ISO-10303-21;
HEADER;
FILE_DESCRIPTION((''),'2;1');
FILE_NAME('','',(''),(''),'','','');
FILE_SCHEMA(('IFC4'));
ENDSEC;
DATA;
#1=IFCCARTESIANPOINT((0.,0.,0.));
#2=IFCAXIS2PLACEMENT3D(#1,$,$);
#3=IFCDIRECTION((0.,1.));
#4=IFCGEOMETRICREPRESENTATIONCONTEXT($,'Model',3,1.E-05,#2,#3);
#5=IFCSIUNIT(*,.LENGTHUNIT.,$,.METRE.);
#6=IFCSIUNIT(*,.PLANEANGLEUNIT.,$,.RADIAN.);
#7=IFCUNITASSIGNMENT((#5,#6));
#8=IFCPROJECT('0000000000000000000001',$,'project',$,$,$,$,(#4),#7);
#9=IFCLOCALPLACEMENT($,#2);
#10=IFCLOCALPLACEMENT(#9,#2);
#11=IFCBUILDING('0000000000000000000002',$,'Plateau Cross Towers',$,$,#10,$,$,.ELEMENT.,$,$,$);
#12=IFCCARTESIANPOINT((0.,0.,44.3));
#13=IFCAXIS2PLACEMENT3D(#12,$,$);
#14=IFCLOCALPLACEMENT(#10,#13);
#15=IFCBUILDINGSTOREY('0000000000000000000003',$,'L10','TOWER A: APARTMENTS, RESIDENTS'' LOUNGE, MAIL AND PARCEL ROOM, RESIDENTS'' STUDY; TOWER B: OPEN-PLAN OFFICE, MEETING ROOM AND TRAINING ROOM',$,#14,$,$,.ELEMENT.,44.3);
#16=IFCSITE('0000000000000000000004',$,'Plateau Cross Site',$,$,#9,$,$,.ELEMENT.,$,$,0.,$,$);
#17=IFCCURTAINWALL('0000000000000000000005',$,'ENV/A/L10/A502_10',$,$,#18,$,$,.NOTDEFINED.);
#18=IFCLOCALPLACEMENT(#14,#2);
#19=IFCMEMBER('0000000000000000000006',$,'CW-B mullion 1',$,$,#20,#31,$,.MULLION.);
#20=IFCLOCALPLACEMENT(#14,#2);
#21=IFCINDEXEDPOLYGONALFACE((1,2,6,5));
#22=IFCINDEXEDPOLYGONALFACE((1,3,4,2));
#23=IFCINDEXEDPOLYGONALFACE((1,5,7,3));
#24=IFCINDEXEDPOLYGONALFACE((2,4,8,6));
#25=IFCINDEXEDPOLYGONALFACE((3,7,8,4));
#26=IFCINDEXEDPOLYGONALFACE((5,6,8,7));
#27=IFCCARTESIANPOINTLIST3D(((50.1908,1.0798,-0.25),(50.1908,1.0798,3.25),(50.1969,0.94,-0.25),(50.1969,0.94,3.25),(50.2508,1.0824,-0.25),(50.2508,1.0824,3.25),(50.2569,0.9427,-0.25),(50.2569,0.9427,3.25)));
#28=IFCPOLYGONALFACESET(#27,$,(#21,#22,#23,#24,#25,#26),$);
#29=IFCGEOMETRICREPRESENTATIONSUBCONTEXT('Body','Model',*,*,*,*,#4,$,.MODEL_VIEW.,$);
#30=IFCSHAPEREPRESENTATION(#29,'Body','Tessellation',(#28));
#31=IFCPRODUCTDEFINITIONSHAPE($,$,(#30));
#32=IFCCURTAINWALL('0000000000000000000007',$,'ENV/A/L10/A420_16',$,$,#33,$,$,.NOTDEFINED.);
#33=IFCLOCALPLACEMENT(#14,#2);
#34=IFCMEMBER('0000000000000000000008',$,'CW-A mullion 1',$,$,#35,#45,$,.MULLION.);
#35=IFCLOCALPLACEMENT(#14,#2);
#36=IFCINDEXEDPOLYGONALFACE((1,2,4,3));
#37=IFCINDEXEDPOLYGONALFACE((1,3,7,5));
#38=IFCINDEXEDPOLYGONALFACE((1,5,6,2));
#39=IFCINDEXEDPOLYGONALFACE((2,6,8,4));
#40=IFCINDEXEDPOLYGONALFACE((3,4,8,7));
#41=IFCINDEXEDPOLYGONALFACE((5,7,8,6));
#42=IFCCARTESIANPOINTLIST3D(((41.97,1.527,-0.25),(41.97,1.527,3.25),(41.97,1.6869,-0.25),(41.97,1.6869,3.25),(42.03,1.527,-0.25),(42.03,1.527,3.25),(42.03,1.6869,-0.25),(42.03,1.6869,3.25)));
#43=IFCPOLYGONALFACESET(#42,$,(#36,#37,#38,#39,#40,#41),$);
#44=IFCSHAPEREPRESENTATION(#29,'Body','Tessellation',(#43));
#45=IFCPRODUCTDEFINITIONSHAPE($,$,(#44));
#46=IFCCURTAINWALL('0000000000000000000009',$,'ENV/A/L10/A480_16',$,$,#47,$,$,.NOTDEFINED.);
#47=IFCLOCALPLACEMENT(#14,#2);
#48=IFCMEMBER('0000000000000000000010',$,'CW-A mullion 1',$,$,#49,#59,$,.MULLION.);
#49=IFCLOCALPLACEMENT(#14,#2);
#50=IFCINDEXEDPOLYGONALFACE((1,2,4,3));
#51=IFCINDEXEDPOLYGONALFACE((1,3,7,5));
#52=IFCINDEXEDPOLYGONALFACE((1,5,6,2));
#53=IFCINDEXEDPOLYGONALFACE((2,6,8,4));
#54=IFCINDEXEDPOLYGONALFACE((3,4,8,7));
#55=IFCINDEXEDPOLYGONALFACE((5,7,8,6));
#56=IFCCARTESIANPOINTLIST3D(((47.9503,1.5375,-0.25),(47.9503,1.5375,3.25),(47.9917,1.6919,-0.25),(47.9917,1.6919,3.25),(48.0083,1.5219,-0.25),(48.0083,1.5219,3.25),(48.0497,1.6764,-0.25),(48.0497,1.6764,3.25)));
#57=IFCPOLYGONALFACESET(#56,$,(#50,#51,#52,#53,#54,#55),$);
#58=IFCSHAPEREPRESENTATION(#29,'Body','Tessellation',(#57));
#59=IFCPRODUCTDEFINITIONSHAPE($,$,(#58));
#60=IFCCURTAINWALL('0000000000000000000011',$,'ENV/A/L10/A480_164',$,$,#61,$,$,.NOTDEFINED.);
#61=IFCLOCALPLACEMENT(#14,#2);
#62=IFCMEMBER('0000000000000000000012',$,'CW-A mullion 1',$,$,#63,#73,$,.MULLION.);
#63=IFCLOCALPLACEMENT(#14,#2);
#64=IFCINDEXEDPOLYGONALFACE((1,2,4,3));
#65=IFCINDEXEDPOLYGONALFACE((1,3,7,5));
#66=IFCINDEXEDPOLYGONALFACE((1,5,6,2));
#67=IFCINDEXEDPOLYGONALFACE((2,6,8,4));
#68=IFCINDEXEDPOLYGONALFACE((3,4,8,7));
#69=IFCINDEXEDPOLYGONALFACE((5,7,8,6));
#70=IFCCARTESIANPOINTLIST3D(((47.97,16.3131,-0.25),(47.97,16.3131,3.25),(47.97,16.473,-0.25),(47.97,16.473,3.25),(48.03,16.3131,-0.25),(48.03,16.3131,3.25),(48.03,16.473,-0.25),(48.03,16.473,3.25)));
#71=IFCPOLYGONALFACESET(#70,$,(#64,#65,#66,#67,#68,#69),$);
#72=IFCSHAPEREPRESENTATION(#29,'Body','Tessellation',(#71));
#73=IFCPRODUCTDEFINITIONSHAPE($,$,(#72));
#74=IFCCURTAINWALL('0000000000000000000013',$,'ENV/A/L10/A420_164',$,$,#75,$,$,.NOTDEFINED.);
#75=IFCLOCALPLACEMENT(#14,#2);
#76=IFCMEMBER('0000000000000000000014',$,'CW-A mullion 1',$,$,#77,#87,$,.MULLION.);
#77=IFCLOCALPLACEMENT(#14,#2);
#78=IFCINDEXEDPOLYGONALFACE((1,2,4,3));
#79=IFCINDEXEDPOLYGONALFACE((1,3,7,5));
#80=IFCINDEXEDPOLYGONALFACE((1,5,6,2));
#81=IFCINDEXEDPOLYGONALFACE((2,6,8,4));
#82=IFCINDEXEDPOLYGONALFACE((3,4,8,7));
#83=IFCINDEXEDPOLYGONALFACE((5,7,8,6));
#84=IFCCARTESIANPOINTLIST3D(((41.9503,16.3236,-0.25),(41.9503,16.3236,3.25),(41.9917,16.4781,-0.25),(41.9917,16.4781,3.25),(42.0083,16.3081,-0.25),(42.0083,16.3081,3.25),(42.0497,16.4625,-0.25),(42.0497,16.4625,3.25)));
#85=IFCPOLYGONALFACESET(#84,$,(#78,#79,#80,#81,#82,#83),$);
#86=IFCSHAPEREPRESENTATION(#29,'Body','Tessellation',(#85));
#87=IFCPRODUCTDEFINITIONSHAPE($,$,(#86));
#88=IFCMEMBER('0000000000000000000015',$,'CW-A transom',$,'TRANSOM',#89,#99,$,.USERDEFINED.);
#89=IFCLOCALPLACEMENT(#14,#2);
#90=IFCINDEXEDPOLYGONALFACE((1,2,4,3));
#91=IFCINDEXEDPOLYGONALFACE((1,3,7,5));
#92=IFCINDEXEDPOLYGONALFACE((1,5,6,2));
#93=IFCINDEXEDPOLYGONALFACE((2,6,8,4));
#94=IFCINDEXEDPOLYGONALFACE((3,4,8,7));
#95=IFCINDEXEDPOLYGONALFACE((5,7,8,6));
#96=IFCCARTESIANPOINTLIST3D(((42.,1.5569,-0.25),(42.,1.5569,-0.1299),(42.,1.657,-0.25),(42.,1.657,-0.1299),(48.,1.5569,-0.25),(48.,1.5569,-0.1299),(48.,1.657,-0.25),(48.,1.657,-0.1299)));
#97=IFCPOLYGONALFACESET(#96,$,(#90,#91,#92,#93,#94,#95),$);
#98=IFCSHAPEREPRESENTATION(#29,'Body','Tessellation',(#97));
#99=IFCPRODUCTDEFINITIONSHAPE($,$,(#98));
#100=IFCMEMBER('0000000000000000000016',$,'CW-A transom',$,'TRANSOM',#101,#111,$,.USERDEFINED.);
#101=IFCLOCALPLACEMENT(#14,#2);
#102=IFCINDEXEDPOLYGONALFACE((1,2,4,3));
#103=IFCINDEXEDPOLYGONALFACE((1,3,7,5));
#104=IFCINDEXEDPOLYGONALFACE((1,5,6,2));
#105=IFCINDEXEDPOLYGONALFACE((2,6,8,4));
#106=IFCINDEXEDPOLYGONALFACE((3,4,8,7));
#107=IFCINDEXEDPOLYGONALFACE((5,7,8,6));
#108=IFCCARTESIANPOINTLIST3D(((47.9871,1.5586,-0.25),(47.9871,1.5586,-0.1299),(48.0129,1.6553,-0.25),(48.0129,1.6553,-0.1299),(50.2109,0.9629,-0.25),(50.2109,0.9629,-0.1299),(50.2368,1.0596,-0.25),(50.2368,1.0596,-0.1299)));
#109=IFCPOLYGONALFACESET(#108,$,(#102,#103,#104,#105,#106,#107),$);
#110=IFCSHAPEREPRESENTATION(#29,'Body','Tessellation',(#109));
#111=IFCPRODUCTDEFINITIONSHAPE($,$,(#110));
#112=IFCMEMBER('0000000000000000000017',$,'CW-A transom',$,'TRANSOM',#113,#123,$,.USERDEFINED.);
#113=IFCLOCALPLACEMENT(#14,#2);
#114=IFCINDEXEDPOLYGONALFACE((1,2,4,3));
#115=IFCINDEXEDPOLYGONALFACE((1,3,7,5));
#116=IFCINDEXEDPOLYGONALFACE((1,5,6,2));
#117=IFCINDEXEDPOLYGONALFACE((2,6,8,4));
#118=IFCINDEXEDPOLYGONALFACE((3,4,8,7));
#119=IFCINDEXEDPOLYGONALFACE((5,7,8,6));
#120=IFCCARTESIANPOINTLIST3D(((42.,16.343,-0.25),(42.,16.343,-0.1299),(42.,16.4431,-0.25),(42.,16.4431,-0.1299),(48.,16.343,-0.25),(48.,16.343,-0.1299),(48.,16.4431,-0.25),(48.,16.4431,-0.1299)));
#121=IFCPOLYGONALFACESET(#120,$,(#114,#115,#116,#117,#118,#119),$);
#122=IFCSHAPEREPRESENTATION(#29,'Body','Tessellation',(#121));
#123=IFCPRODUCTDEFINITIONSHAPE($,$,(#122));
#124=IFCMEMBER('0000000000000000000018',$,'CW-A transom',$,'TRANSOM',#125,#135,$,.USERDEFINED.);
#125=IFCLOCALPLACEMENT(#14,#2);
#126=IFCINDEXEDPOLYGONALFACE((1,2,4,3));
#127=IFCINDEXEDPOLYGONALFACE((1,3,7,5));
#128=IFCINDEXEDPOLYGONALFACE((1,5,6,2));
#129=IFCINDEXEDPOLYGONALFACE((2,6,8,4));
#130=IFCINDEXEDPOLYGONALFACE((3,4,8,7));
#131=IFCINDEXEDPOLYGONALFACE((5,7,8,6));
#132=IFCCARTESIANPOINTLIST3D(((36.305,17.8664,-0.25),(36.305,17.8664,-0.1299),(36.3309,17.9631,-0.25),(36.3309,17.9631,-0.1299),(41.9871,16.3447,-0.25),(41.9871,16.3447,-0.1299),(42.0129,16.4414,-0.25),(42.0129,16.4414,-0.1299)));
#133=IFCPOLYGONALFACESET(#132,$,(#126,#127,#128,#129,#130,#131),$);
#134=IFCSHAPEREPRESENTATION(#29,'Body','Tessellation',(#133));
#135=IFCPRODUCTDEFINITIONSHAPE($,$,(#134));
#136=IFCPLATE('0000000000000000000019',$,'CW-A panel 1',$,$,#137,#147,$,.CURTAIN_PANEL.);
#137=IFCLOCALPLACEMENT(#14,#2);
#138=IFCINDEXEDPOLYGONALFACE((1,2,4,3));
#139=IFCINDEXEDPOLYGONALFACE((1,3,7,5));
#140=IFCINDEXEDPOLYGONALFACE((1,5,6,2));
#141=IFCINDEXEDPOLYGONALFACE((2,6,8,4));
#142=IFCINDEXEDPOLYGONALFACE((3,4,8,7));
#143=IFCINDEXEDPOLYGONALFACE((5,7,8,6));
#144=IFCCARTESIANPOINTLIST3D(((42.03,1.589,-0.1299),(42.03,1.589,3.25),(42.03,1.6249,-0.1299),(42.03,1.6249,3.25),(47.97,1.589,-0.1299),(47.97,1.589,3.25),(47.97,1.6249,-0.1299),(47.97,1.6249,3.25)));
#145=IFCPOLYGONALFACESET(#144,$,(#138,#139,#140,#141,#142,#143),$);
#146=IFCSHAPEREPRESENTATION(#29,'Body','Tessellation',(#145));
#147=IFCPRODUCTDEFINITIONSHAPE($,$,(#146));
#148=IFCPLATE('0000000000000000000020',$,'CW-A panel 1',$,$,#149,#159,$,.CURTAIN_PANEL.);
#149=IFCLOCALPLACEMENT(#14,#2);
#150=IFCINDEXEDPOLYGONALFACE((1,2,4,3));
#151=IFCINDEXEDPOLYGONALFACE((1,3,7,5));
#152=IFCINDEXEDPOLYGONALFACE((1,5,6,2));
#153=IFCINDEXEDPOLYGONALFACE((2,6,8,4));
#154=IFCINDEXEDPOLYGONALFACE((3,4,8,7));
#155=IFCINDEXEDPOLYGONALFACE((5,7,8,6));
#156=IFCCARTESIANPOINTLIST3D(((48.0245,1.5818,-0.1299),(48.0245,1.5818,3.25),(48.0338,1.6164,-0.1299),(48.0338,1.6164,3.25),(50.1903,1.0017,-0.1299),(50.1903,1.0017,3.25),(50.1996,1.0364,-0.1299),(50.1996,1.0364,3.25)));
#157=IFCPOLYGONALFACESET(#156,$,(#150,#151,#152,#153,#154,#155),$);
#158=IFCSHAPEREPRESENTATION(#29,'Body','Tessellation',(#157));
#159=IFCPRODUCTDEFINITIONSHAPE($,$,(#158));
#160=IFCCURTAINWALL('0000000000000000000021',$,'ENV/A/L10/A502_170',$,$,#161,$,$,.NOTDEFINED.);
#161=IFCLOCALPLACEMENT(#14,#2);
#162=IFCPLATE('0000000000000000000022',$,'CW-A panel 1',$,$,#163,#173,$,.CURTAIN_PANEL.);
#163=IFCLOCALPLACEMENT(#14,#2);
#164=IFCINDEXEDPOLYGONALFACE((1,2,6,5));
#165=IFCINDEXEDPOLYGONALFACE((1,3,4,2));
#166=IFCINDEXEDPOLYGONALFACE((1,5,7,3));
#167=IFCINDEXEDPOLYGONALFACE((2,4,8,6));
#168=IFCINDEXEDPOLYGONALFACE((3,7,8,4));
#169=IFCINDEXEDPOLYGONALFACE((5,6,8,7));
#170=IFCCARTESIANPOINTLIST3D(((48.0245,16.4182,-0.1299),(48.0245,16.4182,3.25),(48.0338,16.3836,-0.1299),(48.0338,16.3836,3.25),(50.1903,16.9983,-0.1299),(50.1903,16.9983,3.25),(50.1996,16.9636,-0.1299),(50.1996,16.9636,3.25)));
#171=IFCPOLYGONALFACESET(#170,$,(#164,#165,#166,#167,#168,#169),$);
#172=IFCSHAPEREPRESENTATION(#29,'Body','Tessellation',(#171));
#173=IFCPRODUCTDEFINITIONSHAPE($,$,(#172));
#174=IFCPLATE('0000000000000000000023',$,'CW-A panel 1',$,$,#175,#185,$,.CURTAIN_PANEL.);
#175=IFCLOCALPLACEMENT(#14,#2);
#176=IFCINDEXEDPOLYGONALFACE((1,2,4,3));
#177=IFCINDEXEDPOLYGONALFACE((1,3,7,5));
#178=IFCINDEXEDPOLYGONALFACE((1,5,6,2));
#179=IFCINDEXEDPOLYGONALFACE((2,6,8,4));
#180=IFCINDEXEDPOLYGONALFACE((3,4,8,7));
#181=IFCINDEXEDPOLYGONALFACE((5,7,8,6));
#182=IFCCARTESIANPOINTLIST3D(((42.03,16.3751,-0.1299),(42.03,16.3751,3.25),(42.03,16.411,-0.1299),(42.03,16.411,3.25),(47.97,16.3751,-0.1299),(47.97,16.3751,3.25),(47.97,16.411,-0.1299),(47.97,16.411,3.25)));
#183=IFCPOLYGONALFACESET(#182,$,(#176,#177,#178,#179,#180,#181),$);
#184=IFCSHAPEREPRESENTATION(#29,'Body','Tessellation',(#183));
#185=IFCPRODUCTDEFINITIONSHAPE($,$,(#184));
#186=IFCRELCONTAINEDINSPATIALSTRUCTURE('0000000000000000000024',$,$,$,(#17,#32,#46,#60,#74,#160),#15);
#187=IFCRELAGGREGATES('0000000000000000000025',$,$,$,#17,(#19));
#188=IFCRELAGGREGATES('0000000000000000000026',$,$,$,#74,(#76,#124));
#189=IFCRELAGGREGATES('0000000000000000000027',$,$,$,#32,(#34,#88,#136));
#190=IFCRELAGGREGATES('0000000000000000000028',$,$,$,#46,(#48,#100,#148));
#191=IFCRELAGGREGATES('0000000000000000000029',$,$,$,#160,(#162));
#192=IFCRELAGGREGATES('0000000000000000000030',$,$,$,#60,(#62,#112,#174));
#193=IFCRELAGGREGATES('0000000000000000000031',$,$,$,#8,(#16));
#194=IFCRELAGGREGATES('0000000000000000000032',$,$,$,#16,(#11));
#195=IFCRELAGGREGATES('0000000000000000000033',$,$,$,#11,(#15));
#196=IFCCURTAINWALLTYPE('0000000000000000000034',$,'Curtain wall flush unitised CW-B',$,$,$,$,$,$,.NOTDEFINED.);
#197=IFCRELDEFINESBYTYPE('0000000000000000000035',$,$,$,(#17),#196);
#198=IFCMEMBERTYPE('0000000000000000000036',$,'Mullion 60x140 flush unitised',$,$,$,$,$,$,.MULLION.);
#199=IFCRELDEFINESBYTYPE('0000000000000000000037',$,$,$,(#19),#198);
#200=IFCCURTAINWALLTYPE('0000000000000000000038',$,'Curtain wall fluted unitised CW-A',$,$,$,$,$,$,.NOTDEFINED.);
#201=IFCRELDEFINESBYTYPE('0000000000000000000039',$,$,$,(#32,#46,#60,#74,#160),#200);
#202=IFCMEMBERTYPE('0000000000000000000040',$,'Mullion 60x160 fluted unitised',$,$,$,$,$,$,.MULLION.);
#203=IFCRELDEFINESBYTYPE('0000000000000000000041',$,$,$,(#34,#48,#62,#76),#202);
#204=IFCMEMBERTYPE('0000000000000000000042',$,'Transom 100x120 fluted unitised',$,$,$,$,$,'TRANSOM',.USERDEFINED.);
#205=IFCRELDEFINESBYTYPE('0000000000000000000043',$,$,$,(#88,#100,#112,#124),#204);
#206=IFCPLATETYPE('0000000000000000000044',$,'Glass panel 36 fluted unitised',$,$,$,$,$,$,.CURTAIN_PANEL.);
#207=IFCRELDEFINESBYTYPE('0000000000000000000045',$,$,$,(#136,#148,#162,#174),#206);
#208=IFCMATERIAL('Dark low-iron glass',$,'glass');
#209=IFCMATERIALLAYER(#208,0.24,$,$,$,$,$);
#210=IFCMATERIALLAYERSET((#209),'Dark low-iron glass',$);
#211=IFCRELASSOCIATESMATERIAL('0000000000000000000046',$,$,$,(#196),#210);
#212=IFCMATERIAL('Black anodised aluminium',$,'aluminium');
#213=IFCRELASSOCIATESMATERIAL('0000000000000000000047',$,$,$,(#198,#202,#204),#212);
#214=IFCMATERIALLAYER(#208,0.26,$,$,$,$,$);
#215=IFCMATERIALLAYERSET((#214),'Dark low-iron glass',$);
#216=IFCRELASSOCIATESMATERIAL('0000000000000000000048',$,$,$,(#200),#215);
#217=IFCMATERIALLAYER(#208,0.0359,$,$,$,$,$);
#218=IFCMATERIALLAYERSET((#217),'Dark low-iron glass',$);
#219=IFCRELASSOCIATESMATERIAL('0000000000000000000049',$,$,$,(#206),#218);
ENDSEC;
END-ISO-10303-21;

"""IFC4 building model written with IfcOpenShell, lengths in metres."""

from ifc_helpers import new_model, si_unit, direction, frame, origin, origin_2d, place, context, subcontext, project, spatial, rectangle, extrude, material, layer, layer_set, material_profile, profile_set, type_object, element, aggregate, save


model = new_model("IFC4")

# Units and contexts
model_context = context("Model", 3, precision=1e-05, world=origin(), true_north=direction((0.0, 1.0)))
body_context = subcontext(model_context, "Body", "Model", "MODEL_VIEW")
ifc_project = project(units=[si_unit("LENGTHUNIT", "METRE"), si_unit("PLANEANGLEUNIT", "RADIAN")], contexts=[model_context])

# Site, building, storey
site_placement = place(None, origin())
site = spatial("IfcSite", under=ifc_project, at=site_placement, Name="Plateau Cross Site", CompositionType="ELEMENT", RefElevation=0.0)
building_placement = place(site_placement, origin())
building = spatial("IfcBuilding", under=site, at=building_placement, Name="Plateau Cross Towers", CompositionType="ELEMENT")
storey_placement = place(building_placement, frame((0.0, 0.0, 44.3)))
storey = spatial("IfcBuildingStorey", under=building, at=storey_placement, Name="L10", Description="TOWER A: APARTMENTS, RESIDENTS' LOUNGE, MAIL AND PARCEL ROOM, RESIDENTS' STUDY; TOWER B: OPEN-PLAN OFFICE, MEETING ROOM AND TRAINING ROOM", CompositionType="ELEMENT", Elevation=44.3)

# Curtain walls, members
ifc_material_1 = material(Name="Dark low-iron glass", Category="glass")
ifc_layer_1 = layer(ifc_material_1, 0.24)
ifc_layer_set_1 = layer_set([ifc_layer_1], Name="Dark low-iron glass")
curtain_wall_type_1 = type_object("IfcCurtainWallType", Name="Curtain wall flush unitised CW-B", PredefinedType="NOTDEFINED", material=ifc_layer_set_1)
curtain_wall_1_placement = place(storey_placement, origin())
curtain_wall_1 = element("IfcCurtainWall", 1, at=curtain_wall_1_placement, inside=storey, type_object=curtain_wall_type_1, Name="ENV/A/L10/A502_10", PredefinedType="NOTDEFINED")
ifc_material_2 = material(Name="Black anodised aluminium", Category="aluminium")
ifc_material_profile_1 = material_profile(ifc_material_2, rectangle(XDim=0.0601, YDim=0.1399, at=origin_2d()), Name="MULLION 60x140")
ifc_profile_set_1 = profile_set([ifc_material_profile_1], Name="Black anodised aluminium")
member_type_1 = type_object("IfcMemberType", Name="Mullion 60x140 flush unitised", PredefinedType="MULLION", material=ifc_profile_set_1)
member_1_placement = place(storey_placement, frame((50.2239, 1.0112, -0.25), z_axis=(0.0, 0.0, 1.0), x_axis=(0.999044, 0.043723, 0.0)))
member_1 = element("IfcMember", 2, at=member_1_placement, type_object=member_type_1, Name="CW-B mullion 1", PredefinedType="MULLION", context=body_context, shape_type="SweptSolid", body=[
    extrude(rectangle(XDim=0.0601, YDim=0.1399, at=origin_2d()), origin(), (0.0, 0.0, 1.0), 3.5),
])
aggregate(curtain_wall_1, [member_1])
ifc_layer_2 = layer(ifc_material_1, 0.26)
ifc_layer_set_2 = layer_set([ifc_layer_2], Name="Dark low-iron glass")
curtain_wall_type_2 = type_object("IfcCurtainWallType", Name="Curtain wall fluted unitised CW-A", PredefinedType="NOTDEFINED", material=ifc_layer_set_2)
curtain_wall_2_placement = place(storey_placement, origin())
curtain_wall_2 = element("IfcCurtainWall", 3, at=curtain_wall_2_placement, inside=storey, type_object=curtain_wall_type_2, Name="ENV/A/L10/A420_16", PredefinedType="NOTDEFINED")
ifc_material_profile_2 = material_profile(ifc_material_2, rectangle(XDim=0.0601, YDim=0.1599, at=origin_2d()), Name="MULLION 60x160")
ifc_profile_set_2 = profile_set([ifc_material_profile_2], Name="Black anodised aluminium")
member_type_2 = type_object("IfcMemberType", Name="Mullion 60x160 fluted unitised", PredefinedType="MULLION", material=ifc_profile_set_2)
member_2_placement = place(storey_placement, frame((42.0, 1.6069, -0.25), z_axis=(0.0, 0.0, 1.0), x_axis=(1.0, 0.0, 0.0)))
member_2 = element("IfcMember", 4, at=member_2_placement, type_object=member_type_2, Name="CW-A mullion 1", PredefinedType="MULLION", context=body_context, shape_type="SweptSolid", body=[
    extrude(rectangle(XDim=0.0601, YDim=0.1599, at=origin_2d()), origin(), (0.0, 0.0, 1.0), 3.5),
])
curtain_wall_3_placement = place(storey_placement, origin())
curtain_wall_3 = element("IfcCurtainWall", 5, at=curtain_wall_3_placement, inside=storey, type_object=curtain_wall_type_2, Name="ENV/A/L10/A480_16", PredefinedType="NOTDEFINED")
member_3_placement = place(storey_placement, frame((48.0, 1.6069, -0.25), z_axis=(0.0, 0.0, 1.0), x_axis=(0.965958, -0.258699, 0.0)))
member_3 = element("IfcMember", 6, at=member_3_placement, type_object=member_type_2, Name="CW-A mullion 1", PredefinedType="MULLION", context=body_context, shape_type="SweptSolid", body=[
    extrude(rectangle(XDim=0.0601, YDim=0.1599, at=origin_2d()), origin(), (0.0, 0.0, 1.0), 3.5),
])
curtain_wall_4_placement = place(storey_placement, origin())
curtain_wall_4 = element("IfcCurtainWall", 7, at=curtain_wall_4_placement, inside=storey, type_object=curtain_wall_type_2, Name="ENV/A/L10/A480_164", PredefinedType="NOTDEFINED")
member_4_placement = place(storey_placement, frame((48.0, 16.3931, -0.25), z_axis=(0.0, 0.0, 1.0), x_axis=(-1.0, 0.0, 0.0)))
member_4 = element("IfcMember", 8, at=member_4_placement, type_object=member_type_2, Name="CW-A mullion 1", PredefinedType="MULLION", context=body_context, shape_type="SweptSolid", body=[
    extrude(rectangle(XDim=0.0601, YDim=0.1599, at=origin_2d()), origin(), (0.0, 0.0, 1.0), 3.5),
])
curtain_wall_5_placement = place(storey_placement, origin())
curtain_wall_5 = element("IfcCurtainWall", 9, at=curtain_wall_5_placement, inside=storey, type_object=curtain_wall_type_2, Name="ENV/A/L10/A420_164", PredefinedType="NOTDEFINED")
member_5_placement = place(storey_placement, frame((42.0, 16.3931, -0.25), z_axis=(0.0, 0.0, 1.0), x_axis=(-0.965958, 0.258699, 0.0)))
member_5 = element("IfcMember", 10, at=member_5_placement, type_object=member_type_2, Name="CW-A mullion 1", PredefinedType="MULLION", context=body_context, shape_type="SweptSolid", body=[
    extrude(rectangle(XDim=0.0601, YDim=0.1599, at=origin_2d()), origin(), (0.0, 0.0, 1.0), 3.5),
])

# Members
ifc_material_profile_3 = material_profile(ifc_material_2, rectangle(XDim=0.1001, YDim=0.1201, at=origin_2d()), Name="TRANSOM 100x120")
ifc_profile_set_3 = profile_set([ifc_material_profile_3], Name="Black anodised aluminium")
member_type_3 = type_object("IfcMemberType", Name="Transom 100x120 fluted unitised", ElementType="TRANSOM", PredefinedType="USERDEFINED", material=ifc_profile_set_3)
member_6_placement = place(storey_placement, frame((42.0, 1.6069, -0.1899), z_axis=(1.0, 0.0, 0.0), x_axis=(0.0, 1.0, 0.0)))
member_6 = element("IfcMember", 11, at=member_6_placement, type_object=member_type_3, Name="CW-A transom", ObjectType="TRANSOM", PredefinedType="USERDEFINED", context=body_context, shape_type="SweptSolid", body=[
    extrude(rectangle(XDim=0.1001, YDim=0.1201, at=origin_2d()), origin(), (0.0, 0.0, 1.0), 6.0),
])
member_7_placement = place(storey_placement, frame((48.0, 1.6069, -0.1899), z_axis=(0.965946, -0.258745, 0.0), x_axis=(0.258745, 0.965946, 0.0)))
member_7 = element("IfcMember", 12, at=member_7_placement, type_object=member_type_3, Name="CW-A transom", ObjectType="TRANSOM", PredefinedType="USERDEFINED", context=body_context, shape_type="SweptSolid", body=[
    extrude(rectangle(XDim=0.1001, YDim=0.1201, at=origin_2d()), origin(), (0.0, 0.0, 1.0), 2.3022),
])
member_8_placement = place(storey_placement, frame((48.0, 16.3931, -0.1899), z_axis=(-1.0, 0.0, 0.0), x_axis=(0.0, -1.0, 0.0)))
member_8 = element("IfcMember", 13, at=member_8_placement, type_object=member_type_3, Name="CW-A transom", ObjectType="TRANSOM", PredefinedType="USERDEFINED", context=body_context, shape_type="SweptSolid", body=[
    extrude(rectangle(XDim=0.1001, YDim=0.1201, at=origin_2d()), origin(), (0.0, 0.0, 1.0), 6.0),
])
member_9_placement = place(storey_placement, frame((42.0, 16.3931, -0.1899), z_axis=(-0.96596, 0.258693, 0.0), x_axis=(-0.258693, -0.96596, 0.0)))
member_9 = element("IfcMember", 14, at=member_9_placement, type_object=member_type_3, Name="CW-A transom", ObjectType="TRANSOM", PredefinedType="USERDEFINED", context=body_context, shape_type="SweptSolid", body=[
    extrude(rectangle(XDim=0.1001, YDim=0.1201, at=origin_2d()), origin(), (0.0, 0.0, 1.0), 5.8823),
])
aggregate(curtain_wall_5, [member_5, member_9])

# Plates
ifc_layer_3 = layer(ifc_material_1, 0.0359)
ifc_layer_set_3 = layer_set([ifc_layer_3], Name="Dark low-iron glass")
plate_type = type_object("IfcPlateType", Name="Glass panel 36 fluted unitised", PredefinedType="CURTAIN_PANEL", material=ifc_layer_set_3)
plate_1_placement = place(storey_placement, frame((45.0, 1.6069, -0.1299), z_axis=(0.0, 0.0, 1.0), x_axis=(1.0, 0.0, 0.0)))
plate_1 = element("IfcPlate", 15, at=plate_1_placement, type_object=plate_type, Name="CW-A panel 1", PredefinedType="CURTAIN_PANEL", context=body_context, shape_type="SweptSolid", body=[
    extrude(rectangle(XDim=5.9399, YDim=0.0359, at=origin_2d()), origin(), (0.0, 0.0, 1.0), 3.3799),
])
aggregate(curtain_wall_2, [member_2, member_6, plate_1])
plate_2_placement = place(storey_placement, frame((49.1121, 1.3091, -0.1299), z_axis=(0.0, 0.0, 1.0), x_axis=(0.965958, -0.258699, 0.0)))
plate_2 = element("IfcPlate", 16, at=plate_2_placement, type_object=plate_type, Name="CW-A panel 1", PredefinedType="CURTAIN_PANEL", context=body_context, shape_type="SweptSolid", body=[
    extrude(rectangle(XDim=2.2422, YDim=0.0359, at=origin_2d()), origin(), (0.0, 0.0, 1.0), 3.3799),
])
aggregate(curtain_wall_3, [member_3, member_7, plate_2])

# Curtain wall, plate
curtain_wall_6_placement = place(storey_placement, origin())
curtain_wall_6 = element("IfcCurtainWall", 17, at=curtain_wall_6_placement, inside=storey, type_object=curtain_wall_type_2, Name="ENV/A/L10/A502_170", PredefinedType="NOTDEFINED")
plate_3_placement = place(storey_placement, frame((49.1121, 16.6909, -0.1299), z_axis=(0.0, 0.0, 1.0), x_axis=(-0.965958, -0.258699, 0.0)))
plate_3 = element("IfcPlate", 18, at=plate_3_placement, type_object=plate_type, Name="CW-A panel 1", PredefinedType="CURTAIN_PANEL", context=body_context, shape_type="SweptSolid", body=[
    extrude(rectangle(XDim=2.2422, YDim=0.0359, at=origin_2d()), origin(), (0.0, 0.0, 1.0), 3.3799),
])
aggregate(curtain_wall_6, [plate_3])

# Plate
plate_4_placement = place(storey_placement, frame((45.0, 16.3931, -0.1299), z_axis=(0.0, 0.0, 1.0), x_axis=(-1.0, 0.0, 0.0)))
plate_4 = element("IfcPlate", 19, at=plate_4_placement, type_object=plate_type, Name="CW-A panel 1", PredefinedType="CURTAIN_PANEL", context=body_context, shape_type="SweptSolid", body=[
    extrude(rectangle(XDim=5.9399, YDim=0.0359, at=origin_2d()), origin(), (0.0, 0.0, 1.0), 3.3799),
])
aggregate(curtain_wall_4, [member_4, member_8, plate_4])

save(model, "model.ifc")
